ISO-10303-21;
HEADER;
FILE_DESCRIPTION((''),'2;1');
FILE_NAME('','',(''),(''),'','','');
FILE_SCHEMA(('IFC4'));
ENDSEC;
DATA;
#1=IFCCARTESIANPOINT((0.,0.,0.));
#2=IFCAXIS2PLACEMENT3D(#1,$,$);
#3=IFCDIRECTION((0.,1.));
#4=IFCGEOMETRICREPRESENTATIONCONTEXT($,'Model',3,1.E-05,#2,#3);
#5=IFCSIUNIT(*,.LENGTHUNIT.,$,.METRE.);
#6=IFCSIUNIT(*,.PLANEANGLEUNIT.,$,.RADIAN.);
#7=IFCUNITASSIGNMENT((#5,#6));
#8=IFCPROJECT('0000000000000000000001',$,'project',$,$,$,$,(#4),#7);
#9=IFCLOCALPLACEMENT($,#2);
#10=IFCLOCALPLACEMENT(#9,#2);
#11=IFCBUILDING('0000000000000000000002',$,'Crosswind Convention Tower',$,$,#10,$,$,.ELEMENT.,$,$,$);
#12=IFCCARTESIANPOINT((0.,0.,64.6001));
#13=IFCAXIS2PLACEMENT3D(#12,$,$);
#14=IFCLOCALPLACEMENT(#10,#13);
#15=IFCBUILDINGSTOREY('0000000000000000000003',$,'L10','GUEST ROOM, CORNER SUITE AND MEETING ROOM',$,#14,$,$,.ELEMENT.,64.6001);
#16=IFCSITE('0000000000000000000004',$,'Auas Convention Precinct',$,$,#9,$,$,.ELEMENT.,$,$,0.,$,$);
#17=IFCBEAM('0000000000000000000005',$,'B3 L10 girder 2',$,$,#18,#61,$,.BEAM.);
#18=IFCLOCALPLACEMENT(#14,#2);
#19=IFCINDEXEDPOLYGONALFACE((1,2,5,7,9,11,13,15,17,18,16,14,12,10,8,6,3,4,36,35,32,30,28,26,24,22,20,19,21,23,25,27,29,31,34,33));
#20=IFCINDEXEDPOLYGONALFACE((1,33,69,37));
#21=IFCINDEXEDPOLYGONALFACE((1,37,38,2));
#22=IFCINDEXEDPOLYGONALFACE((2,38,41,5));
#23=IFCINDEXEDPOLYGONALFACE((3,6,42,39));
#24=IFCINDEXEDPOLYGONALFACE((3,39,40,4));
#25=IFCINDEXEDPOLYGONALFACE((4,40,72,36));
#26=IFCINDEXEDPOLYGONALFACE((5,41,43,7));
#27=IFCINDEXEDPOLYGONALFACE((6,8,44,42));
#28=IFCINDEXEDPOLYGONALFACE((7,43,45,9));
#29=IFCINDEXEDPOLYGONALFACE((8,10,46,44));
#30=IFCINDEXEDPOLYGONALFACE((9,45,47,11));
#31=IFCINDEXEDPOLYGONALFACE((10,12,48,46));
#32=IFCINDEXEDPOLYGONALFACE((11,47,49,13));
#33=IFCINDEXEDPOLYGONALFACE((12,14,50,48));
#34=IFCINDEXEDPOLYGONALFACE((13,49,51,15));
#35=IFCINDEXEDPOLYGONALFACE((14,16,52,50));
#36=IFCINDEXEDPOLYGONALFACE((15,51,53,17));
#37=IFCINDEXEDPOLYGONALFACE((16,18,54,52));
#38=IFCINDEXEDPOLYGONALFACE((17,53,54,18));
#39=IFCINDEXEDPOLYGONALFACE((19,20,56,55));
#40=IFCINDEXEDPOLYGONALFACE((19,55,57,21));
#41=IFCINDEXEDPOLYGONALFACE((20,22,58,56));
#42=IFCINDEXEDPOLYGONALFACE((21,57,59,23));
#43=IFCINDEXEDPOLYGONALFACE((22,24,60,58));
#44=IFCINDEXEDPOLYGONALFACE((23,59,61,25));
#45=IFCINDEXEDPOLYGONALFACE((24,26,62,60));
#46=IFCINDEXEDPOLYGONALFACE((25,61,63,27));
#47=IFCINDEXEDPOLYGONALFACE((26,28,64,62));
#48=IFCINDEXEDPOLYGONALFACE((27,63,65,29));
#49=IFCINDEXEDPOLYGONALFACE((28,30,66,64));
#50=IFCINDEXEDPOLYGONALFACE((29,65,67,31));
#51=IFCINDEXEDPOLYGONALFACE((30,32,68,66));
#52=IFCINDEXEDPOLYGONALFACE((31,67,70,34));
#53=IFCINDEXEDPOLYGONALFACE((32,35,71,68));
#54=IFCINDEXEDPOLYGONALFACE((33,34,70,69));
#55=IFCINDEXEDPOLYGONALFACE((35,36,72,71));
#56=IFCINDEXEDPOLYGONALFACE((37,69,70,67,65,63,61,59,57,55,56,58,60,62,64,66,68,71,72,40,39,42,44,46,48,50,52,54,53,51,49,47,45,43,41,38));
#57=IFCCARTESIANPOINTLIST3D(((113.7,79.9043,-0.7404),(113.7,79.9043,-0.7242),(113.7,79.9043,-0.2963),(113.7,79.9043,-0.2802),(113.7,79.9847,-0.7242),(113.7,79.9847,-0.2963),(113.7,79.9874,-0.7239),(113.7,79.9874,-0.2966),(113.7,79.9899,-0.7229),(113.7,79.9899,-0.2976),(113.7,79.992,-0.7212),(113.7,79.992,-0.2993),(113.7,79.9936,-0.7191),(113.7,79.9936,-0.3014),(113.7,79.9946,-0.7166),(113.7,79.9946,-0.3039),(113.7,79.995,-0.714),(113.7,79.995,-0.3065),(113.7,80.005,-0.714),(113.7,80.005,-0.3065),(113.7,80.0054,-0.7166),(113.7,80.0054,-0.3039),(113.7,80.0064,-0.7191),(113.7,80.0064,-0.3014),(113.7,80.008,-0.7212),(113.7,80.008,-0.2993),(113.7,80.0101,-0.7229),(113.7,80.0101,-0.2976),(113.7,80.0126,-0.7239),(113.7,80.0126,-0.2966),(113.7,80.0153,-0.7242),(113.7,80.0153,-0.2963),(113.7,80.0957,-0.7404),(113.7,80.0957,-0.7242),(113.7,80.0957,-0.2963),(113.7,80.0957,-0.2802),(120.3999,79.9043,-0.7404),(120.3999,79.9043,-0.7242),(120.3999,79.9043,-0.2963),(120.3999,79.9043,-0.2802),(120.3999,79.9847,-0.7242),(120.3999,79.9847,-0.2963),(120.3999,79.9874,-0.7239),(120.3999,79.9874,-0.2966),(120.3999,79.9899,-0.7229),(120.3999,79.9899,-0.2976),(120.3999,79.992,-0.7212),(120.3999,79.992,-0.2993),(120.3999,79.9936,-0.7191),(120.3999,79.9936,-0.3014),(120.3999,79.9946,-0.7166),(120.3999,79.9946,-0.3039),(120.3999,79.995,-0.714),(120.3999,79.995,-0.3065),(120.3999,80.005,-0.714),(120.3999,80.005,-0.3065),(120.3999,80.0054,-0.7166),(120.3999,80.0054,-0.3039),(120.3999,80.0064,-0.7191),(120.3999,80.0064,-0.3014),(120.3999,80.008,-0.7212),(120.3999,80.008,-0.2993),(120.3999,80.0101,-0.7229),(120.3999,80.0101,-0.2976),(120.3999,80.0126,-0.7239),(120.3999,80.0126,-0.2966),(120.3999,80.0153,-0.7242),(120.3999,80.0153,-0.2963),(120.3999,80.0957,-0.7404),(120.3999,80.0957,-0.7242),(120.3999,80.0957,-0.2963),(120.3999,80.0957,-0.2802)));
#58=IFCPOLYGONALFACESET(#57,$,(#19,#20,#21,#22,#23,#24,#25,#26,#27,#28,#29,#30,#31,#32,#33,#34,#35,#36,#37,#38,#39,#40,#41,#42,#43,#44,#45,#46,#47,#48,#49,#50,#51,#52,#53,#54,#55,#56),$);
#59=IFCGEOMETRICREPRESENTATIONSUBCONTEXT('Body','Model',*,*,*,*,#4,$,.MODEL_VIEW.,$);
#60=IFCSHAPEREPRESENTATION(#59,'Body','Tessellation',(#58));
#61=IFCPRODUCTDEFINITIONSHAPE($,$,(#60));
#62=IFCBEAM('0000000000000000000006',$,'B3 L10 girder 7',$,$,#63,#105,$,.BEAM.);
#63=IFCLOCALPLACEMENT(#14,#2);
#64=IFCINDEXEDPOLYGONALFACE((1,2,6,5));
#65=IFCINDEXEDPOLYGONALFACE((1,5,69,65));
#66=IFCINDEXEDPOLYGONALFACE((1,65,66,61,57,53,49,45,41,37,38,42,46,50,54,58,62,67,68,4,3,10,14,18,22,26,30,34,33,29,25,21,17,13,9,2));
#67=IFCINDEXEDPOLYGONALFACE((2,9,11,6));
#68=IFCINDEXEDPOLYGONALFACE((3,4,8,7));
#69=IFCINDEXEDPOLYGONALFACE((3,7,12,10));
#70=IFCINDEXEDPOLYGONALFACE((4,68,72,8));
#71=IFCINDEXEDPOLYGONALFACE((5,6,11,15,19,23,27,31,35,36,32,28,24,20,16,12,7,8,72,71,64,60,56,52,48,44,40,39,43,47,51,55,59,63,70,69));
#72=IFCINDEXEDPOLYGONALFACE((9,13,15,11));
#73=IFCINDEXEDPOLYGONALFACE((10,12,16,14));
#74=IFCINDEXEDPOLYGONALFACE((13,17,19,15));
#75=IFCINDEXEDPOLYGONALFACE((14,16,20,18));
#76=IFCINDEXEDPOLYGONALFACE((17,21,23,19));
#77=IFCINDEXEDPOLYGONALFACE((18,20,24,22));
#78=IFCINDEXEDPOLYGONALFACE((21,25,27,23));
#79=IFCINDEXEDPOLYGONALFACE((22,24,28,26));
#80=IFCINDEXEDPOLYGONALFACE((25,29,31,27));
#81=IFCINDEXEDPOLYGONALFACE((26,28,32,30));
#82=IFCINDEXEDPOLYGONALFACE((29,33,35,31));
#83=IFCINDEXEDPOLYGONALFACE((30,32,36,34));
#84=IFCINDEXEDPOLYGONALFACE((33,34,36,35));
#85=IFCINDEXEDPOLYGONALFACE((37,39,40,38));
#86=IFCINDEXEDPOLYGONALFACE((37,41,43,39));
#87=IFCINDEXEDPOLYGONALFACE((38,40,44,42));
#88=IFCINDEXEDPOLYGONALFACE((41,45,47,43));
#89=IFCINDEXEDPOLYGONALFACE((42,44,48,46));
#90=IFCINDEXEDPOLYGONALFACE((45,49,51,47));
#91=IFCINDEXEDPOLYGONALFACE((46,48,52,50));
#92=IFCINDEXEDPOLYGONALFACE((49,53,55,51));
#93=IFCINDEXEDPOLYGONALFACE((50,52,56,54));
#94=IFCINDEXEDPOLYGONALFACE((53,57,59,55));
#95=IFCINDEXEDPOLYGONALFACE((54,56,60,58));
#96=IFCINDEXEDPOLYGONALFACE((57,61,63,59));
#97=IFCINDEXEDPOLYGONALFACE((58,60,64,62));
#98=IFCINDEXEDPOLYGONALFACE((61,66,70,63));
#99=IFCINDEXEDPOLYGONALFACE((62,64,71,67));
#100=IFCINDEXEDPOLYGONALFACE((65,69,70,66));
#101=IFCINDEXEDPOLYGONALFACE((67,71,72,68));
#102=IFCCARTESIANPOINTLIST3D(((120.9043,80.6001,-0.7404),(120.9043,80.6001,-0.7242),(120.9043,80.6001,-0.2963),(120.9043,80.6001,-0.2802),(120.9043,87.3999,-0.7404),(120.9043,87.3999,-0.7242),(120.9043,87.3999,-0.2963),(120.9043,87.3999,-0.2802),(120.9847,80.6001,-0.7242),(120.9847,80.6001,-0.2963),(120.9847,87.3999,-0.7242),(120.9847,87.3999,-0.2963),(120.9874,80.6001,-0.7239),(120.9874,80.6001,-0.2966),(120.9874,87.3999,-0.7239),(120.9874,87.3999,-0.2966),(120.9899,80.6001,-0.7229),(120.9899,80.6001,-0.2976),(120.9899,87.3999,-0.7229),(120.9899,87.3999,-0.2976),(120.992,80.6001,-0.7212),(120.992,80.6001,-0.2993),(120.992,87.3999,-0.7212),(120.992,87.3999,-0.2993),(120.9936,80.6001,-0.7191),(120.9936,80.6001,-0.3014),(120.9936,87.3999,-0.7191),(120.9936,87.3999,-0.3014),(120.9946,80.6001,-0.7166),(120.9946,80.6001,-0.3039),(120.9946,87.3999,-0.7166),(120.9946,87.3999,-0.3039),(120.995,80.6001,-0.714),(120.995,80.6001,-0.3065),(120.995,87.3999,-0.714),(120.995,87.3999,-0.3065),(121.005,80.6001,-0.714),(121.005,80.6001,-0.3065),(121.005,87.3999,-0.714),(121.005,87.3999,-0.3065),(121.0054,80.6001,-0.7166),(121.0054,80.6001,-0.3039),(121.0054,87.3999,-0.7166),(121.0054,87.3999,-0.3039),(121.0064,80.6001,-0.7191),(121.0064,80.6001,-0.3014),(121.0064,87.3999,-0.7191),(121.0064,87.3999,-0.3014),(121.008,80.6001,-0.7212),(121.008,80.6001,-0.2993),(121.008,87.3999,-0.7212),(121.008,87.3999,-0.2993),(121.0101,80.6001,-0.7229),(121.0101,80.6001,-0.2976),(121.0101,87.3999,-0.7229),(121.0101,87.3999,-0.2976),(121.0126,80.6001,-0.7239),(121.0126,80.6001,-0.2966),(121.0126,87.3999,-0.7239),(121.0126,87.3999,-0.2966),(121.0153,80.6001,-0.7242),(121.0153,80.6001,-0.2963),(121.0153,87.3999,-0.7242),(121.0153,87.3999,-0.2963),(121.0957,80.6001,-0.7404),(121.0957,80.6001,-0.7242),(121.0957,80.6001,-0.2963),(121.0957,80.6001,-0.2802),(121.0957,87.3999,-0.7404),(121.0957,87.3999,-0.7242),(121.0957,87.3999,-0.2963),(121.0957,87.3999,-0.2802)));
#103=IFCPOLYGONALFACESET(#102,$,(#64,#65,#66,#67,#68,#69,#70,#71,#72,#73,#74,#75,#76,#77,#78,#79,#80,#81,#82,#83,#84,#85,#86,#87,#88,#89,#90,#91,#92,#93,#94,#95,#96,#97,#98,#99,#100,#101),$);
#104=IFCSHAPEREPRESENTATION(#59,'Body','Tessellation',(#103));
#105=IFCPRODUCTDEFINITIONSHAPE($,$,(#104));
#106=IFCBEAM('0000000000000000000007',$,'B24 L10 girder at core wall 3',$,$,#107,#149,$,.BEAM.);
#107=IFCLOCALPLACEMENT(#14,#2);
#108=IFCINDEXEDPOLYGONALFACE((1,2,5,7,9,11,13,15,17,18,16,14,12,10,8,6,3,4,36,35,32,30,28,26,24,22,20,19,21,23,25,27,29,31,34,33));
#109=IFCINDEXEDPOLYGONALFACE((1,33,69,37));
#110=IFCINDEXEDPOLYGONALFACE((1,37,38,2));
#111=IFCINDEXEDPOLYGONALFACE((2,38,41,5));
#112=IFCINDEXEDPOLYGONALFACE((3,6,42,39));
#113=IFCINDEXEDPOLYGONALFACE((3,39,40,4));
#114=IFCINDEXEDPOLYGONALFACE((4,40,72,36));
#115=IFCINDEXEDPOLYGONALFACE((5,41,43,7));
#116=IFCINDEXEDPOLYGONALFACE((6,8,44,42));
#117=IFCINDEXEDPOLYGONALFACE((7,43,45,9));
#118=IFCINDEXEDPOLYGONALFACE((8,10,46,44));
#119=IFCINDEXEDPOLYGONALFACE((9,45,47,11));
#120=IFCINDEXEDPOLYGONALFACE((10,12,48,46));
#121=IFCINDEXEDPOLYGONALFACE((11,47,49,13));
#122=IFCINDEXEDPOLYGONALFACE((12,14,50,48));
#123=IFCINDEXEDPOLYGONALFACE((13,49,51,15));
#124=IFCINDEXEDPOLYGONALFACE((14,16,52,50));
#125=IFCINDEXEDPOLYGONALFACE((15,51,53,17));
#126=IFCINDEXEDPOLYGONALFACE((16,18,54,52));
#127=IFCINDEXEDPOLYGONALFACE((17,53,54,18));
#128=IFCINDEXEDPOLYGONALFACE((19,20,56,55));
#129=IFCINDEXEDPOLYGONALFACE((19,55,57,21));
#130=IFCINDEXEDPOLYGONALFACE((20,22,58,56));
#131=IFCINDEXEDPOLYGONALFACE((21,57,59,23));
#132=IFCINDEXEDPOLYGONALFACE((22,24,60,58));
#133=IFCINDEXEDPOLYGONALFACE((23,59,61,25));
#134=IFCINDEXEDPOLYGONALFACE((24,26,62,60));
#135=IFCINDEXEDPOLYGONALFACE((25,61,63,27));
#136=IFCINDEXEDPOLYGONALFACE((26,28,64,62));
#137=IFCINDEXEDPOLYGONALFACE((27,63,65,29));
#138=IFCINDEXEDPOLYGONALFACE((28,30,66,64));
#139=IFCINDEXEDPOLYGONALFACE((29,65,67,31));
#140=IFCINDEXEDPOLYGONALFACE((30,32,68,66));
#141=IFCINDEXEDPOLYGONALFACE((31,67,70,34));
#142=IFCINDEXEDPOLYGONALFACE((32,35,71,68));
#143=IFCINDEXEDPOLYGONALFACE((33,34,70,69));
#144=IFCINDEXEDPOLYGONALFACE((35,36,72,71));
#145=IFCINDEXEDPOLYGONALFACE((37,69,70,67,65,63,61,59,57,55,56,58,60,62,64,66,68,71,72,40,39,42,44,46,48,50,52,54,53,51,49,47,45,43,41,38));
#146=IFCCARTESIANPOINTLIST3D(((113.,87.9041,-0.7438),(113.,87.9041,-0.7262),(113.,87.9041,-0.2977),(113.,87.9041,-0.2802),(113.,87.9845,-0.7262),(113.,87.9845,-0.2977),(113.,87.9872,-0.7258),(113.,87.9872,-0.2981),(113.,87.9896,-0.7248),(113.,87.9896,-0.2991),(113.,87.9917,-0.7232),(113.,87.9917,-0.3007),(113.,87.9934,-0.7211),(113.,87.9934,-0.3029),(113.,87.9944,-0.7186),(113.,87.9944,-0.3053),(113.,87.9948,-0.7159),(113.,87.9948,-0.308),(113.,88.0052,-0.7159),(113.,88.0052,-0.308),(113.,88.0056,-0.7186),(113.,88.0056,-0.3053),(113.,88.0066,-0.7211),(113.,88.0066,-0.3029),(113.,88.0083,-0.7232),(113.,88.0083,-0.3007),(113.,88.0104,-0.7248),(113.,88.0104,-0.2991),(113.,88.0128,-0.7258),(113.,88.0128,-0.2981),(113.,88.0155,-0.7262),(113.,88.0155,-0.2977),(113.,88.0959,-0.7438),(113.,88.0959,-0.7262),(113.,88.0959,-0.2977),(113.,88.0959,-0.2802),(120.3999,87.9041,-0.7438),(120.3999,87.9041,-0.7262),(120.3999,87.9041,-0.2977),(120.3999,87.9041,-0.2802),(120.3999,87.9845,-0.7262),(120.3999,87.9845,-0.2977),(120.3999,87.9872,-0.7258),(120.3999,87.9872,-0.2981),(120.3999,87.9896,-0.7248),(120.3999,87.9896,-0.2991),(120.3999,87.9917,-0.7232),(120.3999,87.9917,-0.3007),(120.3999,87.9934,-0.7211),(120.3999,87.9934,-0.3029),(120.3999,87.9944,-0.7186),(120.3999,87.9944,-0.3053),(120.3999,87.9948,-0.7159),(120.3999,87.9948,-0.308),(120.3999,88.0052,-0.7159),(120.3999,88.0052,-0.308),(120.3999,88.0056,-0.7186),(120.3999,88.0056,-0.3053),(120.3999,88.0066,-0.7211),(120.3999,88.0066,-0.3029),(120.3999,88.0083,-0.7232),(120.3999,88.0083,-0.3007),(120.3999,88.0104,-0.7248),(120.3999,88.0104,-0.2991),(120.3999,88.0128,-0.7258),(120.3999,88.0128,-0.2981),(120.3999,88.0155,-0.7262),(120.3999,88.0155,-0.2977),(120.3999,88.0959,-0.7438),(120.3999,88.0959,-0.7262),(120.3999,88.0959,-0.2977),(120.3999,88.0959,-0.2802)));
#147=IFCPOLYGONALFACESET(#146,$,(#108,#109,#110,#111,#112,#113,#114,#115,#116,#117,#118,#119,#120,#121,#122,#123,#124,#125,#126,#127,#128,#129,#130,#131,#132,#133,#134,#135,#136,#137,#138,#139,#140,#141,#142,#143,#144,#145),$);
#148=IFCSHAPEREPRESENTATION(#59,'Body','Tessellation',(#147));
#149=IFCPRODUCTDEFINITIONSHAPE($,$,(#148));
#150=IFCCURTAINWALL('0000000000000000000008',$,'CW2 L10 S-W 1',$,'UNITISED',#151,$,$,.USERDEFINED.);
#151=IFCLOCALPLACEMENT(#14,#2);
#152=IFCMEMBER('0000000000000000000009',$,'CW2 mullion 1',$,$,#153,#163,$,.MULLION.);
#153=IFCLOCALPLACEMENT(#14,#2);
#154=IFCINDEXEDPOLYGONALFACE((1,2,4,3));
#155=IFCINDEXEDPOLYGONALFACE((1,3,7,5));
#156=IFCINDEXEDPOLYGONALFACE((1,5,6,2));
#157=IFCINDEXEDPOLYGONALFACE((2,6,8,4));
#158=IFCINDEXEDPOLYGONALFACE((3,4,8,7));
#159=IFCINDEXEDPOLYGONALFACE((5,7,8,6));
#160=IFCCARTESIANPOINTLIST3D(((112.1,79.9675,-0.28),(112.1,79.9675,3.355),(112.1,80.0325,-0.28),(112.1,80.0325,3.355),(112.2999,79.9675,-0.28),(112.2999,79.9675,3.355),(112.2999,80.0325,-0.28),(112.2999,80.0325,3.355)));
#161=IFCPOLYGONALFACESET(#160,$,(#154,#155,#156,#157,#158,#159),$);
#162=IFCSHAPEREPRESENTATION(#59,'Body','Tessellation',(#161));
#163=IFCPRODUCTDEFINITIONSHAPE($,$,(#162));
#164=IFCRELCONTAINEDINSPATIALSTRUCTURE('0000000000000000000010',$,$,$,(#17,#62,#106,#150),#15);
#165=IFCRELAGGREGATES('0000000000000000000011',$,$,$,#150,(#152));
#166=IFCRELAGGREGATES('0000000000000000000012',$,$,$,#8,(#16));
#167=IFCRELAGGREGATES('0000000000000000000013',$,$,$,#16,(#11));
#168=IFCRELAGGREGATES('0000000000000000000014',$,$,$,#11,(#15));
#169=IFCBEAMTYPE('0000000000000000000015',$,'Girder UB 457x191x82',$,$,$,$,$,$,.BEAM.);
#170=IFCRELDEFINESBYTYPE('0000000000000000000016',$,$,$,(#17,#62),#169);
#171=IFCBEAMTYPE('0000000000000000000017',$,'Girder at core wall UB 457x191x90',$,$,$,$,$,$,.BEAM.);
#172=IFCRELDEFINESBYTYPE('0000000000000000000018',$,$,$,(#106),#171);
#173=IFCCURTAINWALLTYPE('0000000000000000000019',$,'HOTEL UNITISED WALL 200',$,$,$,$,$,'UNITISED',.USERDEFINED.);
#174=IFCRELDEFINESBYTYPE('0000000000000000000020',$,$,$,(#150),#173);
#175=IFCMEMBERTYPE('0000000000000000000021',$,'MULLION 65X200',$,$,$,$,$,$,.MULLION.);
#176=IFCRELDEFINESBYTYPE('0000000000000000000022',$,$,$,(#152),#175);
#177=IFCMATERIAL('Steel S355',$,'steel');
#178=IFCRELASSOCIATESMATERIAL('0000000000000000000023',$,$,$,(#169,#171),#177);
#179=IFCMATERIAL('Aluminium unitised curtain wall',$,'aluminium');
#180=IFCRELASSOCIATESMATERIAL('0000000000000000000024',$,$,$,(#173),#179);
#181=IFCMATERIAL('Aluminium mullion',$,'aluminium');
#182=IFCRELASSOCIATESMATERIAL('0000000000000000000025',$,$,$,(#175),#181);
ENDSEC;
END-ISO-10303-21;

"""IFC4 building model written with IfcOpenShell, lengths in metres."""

from ifc_helpers import new_model, si_unit, direction, frame, origin, origin_2d, place, context, subcontext, project, spatial, rectangle, i_section, extrude, material, material_profile, profile_set, type_object, element, aggregate, save


model = new_model("IFC4")

# Units and contexts
model_context = context("Model", 3, precision=1e-05, world=origin(), true_north=direction((0.0, 1.0)))
body_context = subcontext(model_context, "Body", "Model", "MODEL_VIEW")
ifc_project = project(units=[si_unit("LENGTHUNIT", "METRE"), si_unit("PLANEANGLEUNIT", "RADIAN")], contexts=[model_context])

# Site, building, storey
site_placement = place(None, origin())
site = spatial("IfcSite", under=ifc_project, at=site_placement, Name="Auas Convention Precinct", CompositionType="ELEMENT", RefElevation=0.0)
building_placement = place(site_placement, origin())
building = spatial("IfcBuilding", under=site, at=building_placement, Name="Crosswind Convention Tower", CompositionType="ELEMENT")
storey_placement = place(building_placement, frame((0.0, 0.0, 64.6001)))
storey = spatial("IfcBuildingStorey", under=building, at=storey_placement, Name="L10", Description="GUEST ROOM, CORNER SUITE AND MEETING ROOM", CompositionType="ELEMENT", Elevation=64.6001)

# Beams
ifc_material_1 = material(Name="Steel S355", Category="steel")
ifc_material_profile_1 = material_profile(ifc_material_1, i_section(OverallWidth=0.1914, OverallDepth=0.4602, WebThickness=0.01, FlangeThickness=0.0161, FilletRadius=0.0103, at=origin_2d()), Name="UB 457x191x82")
ifc_profile_set_1 = profile_set([ifc_material_profile_1], Name="Steel S355")
beam_type_1 = type_object("IfcBeamType", Name="Girder UB 457x191x82", PredefinedType="BEAM", material=ifc_profile_set_1)
beam_1_placement = place(storey_placement, frame((113.7, 80.0, -0.5103), z_axis=(1.0, 0.0, 0.0), x_axis=(0.0, 1.0, 0.0)))
element("IfcBeam", 1, at=beam_1_placement, inside=storey, type_object=beam_type_1, Name="B3 L10 girder 2", PredefinedType="BEAM", context=body_context, shape_type="SweptSolid", body=[
    extrude(i_section(OverallWidth=0.1914, OverallDepth=0.4602, WebThickness=0.01, FlangeThickness=0.0161, FilletRadius=0.0103, at=origin_2d()), origin(), (0.0, 0.0, 1.0), 6.7),
])
beam_2_placement = place(storey_placement, frame((121.0, 80.6001, -0.5103), z_axis=(0.0, 1.0, 0.0), x_axis=(-1.0, 0.0, 0.0)))
element("IfcBeam", 2, at=beam_2_placement, inside=storey, type_object=beam_type_1, Name="B3 L10 girder 7", PredefinedType="BEAM", context=body_context, shape_type="SweptSolid", body=[
    extrude(i_section(OverallWidth=0.1914, OverallDepth=0.4602, WebThickness=0.01, FlangeThickness=0.0161, FilletRadius=0.0103, at=origin_2d()), origin(), (0.0, 0.0, 1.0), 6.7998),
])
ifc_material_profile_2 = material_profile(ifc_material_1, i_section(OverallWidth=0.1919, OverallDepth=0.4636, WebThickness=0.0105, FlangeThickness=0.0176, FilletRadius=0.0103, at=origin_2d()), Name="UB 457x191x90")
ifc_profile_set_2 = profile_set([ifc_material_profile_2], Name="Steel S355")
beam_type_2 = type_object("IfcBeamType", Name="Girder at core wall UB 457x191x90", PredefinedType="BEAM", material=ifc_profile_set_2)
beam_3_placement = place(storey_placement, frame((113.0, 88.0, -0.512), z_axis=(1.0, 0.0, 0.0), x_axis=(0.0, 1.0, 0.0)))
element("IfcBeam", 3, at=beam_3_placement, inside=storey, type_object=beam_type_2, Name="B24 L10 girder at core wall 3", PredefinedType="BEAM", context=body_context, shape_type="SweptSolid", body=[
    extrude(i_section(OverallWidth=0.1919, OverallDepth=0.4636, WebThickness=0.0105, FlangeThickness=0.0176, FilletRadius=0.0103, at=origin_2d()), origin(), (0.0, 0.0, 1.0), 7.3999),
])

# Curtain wall, member
ifc_material_2 = material(Name="Aluminium unitised curtain wall", Category="aluminium")
curtain_wall_type = type_object("IfcCurtainWallType", Name="HOTEL UNITISED WALL 200", ElementType="UNITISED", PredefinedType="USERDEFINED", material=ifc_material_2)
curtain_wall_placement = place(storey_placement, origin())
curtain_wall = element("IfcCurtainWall", 4, at=curtain_wall_placement, inside=storey, type_object=curtain_wall_type, Name="CW2 L10 S-W 1", ObjectType="UNITISED", PredefinedType="USERDEFINED")
ifc_material_3 = material(Name="Aluminium mullion", Category="aluminium")
ifc_material_profile_3 = material_profile(ifc_material_3, rectangle(XDim=0.2, YDim=0.0649, at=origin_2d()), Name="AL 200X65")
ifc_profile_set_3 = profile_set([ifc_material_profile_3], Name="Aluminium mullion")
member_type = type_object("IfcMemberType", Name="MULLION 65X200", PredefinedType="MULLION", material=ifc_profile_set_3)
member_placement = place(storey_placement, frame((112.2, 80.0, -0.28), z_axis=(0.0, 0.0, 1.0), x_axis=(-1.0, 0.0, 0.0)))
member = element("IfcMember", 5, at=member_placement, type_object=member_type, Name="CW2 mullion 1", PredefinedType="MULLION", context=body_context, shape_type="SweptSolid", body=[
    extrude(rectangle(XDim=0.2, YDim=0.0649, at=origin_2d()), origin(), (0.0, 0.0, 1.0), 3.635),
])
aggregate(curtain_wall, [member])

save(model, "model.ifc")
